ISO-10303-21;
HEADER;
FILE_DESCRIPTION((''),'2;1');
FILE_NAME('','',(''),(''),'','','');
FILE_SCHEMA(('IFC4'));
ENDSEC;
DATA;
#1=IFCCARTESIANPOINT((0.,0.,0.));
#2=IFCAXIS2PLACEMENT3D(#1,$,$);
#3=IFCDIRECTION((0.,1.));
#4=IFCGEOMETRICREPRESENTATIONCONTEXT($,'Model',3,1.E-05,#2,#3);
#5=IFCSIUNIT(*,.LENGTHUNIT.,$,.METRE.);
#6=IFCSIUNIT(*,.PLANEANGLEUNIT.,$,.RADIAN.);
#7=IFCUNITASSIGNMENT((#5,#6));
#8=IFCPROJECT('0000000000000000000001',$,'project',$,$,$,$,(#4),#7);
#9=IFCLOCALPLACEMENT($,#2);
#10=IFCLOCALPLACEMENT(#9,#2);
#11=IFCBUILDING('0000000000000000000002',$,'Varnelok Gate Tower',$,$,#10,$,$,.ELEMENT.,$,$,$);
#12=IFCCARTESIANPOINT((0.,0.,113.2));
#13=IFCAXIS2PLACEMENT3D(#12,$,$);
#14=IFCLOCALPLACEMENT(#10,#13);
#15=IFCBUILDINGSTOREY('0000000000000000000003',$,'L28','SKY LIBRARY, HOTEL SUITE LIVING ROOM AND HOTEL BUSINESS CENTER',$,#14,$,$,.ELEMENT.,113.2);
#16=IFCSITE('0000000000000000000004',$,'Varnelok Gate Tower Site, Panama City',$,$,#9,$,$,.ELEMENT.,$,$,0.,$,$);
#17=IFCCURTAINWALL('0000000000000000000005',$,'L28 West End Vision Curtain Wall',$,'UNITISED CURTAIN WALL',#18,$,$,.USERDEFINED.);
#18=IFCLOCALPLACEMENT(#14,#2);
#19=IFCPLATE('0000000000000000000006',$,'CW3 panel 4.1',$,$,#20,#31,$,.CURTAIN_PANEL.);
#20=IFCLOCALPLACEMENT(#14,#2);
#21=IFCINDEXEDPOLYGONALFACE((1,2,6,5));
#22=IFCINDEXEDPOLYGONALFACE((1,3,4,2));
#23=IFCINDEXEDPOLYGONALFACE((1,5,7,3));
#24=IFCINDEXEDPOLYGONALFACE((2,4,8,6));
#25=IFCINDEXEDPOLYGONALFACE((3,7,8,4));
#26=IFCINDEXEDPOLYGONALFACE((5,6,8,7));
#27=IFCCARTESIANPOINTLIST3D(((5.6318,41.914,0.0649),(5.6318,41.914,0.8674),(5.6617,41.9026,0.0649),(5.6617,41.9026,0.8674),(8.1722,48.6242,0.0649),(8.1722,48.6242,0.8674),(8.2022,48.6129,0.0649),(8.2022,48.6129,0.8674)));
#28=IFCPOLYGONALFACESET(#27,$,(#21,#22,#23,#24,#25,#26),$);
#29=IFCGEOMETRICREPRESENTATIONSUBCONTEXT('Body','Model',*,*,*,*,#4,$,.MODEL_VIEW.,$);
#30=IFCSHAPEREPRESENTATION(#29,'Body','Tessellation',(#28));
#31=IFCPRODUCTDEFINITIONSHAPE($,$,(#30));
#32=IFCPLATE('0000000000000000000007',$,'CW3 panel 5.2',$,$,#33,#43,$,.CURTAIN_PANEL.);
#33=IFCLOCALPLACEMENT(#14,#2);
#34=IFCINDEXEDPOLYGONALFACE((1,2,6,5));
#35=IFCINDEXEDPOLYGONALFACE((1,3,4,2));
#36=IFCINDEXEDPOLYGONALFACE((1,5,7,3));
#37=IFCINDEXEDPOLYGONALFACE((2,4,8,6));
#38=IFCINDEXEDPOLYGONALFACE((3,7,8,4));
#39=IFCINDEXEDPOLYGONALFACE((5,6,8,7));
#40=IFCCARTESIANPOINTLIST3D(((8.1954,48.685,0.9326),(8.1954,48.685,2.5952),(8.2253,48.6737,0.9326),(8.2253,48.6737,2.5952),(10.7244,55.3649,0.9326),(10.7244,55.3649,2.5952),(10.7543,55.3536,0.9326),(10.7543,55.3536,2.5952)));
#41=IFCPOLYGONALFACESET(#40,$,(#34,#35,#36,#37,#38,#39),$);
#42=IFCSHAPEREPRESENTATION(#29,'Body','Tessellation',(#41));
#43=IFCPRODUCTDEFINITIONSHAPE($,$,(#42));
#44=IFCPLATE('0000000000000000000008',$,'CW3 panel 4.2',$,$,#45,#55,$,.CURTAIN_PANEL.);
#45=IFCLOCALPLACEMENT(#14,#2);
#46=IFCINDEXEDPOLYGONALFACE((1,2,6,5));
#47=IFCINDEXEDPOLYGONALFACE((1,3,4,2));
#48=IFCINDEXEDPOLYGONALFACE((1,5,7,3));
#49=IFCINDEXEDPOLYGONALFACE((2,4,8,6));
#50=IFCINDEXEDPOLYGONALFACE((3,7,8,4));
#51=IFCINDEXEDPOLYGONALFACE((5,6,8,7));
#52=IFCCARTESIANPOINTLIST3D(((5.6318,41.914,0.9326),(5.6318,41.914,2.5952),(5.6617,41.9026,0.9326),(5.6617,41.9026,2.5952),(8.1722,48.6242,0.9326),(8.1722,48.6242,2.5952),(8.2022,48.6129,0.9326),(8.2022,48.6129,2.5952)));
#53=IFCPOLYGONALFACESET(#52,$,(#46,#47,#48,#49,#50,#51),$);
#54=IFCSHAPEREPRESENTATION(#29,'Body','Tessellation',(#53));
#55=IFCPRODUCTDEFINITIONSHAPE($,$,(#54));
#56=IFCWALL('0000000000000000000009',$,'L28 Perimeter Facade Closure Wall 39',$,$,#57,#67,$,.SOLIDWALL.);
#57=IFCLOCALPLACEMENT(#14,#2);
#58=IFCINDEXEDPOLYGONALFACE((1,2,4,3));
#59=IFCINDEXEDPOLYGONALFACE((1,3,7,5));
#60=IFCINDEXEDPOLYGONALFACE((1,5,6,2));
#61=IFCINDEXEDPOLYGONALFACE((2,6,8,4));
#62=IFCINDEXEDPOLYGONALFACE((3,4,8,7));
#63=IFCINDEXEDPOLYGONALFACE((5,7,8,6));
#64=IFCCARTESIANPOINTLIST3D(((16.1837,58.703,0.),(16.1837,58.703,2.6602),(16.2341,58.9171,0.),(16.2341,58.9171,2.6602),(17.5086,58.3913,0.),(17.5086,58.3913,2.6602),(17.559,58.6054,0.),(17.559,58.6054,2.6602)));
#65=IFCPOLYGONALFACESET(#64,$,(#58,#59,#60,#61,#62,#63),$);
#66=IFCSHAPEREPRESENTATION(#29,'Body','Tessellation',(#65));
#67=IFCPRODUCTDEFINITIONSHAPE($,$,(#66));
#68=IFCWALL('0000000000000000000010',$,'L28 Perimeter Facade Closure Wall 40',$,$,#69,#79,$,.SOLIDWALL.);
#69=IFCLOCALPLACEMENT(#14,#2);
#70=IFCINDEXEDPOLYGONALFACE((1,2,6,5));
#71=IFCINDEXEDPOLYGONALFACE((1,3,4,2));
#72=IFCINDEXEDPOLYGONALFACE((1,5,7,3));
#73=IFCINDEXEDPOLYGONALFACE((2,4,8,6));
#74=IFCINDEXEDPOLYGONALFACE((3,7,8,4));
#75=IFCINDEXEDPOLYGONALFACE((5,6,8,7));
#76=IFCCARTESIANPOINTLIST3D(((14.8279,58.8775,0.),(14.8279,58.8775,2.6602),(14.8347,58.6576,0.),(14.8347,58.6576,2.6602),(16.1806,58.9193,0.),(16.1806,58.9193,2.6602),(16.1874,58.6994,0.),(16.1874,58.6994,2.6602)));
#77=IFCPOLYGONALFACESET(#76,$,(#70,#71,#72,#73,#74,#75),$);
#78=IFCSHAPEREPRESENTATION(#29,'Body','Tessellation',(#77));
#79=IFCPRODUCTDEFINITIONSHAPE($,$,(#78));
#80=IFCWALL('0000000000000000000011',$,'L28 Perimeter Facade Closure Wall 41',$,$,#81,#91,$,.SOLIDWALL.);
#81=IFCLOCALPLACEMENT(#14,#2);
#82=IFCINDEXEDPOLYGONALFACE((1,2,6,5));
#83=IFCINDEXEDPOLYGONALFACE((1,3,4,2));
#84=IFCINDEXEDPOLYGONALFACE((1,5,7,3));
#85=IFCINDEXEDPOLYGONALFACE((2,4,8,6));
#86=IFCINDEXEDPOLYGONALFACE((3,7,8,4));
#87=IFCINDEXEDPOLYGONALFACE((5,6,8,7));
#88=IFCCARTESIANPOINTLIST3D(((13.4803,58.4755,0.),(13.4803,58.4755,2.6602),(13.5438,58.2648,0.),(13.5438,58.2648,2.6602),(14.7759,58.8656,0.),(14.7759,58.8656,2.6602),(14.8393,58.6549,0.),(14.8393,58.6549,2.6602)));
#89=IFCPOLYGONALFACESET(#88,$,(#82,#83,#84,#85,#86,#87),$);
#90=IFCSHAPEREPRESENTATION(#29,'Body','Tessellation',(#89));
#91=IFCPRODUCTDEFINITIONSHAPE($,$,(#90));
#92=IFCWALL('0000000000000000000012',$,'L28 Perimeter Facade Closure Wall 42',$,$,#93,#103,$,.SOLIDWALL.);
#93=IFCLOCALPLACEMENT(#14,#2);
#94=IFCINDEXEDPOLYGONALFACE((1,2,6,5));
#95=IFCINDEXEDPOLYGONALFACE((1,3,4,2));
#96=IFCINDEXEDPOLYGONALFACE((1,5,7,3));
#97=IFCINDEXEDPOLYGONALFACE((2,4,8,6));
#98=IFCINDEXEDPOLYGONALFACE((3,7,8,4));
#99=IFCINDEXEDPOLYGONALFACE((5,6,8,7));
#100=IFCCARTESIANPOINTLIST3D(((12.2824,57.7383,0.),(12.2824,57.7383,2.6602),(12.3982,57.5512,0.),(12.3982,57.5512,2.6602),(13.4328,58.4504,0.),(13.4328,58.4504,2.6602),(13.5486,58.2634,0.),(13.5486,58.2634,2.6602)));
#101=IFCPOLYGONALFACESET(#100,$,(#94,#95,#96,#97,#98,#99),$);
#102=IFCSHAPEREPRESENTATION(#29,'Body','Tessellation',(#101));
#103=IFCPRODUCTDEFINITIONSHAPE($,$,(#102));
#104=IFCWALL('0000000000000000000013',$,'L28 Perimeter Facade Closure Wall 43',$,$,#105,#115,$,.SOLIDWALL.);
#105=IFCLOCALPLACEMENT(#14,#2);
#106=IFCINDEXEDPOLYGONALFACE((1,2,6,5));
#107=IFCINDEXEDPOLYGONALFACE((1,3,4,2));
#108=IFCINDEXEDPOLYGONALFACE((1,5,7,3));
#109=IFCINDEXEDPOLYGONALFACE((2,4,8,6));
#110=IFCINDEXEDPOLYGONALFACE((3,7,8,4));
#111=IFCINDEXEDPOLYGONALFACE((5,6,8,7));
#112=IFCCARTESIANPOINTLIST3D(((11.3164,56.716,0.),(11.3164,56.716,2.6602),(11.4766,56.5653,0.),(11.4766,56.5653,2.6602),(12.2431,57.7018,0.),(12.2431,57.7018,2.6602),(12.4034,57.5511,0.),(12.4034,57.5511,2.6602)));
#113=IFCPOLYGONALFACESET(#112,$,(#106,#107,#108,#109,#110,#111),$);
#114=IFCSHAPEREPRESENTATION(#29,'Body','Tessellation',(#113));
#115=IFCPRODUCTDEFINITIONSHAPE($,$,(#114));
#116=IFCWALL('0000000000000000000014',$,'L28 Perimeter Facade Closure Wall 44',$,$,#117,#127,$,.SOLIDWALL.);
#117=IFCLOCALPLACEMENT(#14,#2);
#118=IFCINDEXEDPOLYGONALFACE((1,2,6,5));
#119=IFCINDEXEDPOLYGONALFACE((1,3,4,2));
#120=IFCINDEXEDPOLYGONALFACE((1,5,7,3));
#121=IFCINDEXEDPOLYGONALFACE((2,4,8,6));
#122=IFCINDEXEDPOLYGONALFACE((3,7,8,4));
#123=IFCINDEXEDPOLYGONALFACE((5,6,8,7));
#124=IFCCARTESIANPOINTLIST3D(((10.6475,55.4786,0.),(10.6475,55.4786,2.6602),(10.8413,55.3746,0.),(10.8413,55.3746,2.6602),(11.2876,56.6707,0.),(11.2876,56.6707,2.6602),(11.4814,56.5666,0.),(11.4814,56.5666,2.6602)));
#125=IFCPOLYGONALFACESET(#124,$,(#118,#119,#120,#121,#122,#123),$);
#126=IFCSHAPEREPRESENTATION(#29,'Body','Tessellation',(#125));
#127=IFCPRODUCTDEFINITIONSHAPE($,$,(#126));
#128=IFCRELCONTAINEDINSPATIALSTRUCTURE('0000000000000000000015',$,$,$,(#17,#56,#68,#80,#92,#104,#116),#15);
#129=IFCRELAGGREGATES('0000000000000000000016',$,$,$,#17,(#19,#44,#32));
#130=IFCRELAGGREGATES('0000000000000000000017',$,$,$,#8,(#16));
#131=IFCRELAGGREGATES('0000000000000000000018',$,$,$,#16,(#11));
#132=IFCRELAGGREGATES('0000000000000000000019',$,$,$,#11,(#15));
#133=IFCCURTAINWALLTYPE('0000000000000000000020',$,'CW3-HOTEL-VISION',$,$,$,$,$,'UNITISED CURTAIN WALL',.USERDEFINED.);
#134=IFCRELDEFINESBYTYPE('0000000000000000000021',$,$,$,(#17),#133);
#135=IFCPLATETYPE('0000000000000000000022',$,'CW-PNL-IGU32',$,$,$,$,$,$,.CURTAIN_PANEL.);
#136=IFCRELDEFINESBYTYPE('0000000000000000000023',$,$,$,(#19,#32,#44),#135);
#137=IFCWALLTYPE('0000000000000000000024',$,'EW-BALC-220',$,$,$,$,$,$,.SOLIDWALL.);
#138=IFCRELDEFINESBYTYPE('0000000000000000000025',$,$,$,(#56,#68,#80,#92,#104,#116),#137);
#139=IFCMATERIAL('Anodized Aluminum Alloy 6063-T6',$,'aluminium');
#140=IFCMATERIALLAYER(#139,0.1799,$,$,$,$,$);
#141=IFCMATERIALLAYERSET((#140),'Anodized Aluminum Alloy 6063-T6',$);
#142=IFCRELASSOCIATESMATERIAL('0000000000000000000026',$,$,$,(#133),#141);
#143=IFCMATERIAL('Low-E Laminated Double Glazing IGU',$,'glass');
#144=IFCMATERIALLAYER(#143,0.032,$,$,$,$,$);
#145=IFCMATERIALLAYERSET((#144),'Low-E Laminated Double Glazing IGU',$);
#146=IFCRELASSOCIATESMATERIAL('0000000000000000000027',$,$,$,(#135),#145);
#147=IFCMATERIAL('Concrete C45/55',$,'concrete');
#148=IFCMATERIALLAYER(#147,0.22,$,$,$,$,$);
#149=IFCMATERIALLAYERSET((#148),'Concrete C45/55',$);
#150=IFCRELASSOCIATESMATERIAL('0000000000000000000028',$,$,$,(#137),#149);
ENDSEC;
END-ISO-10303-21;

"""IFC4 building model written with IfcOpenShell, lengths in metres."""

from ifc_helpers import new_model, si_unit, direction, frame, frame_2d, origin, origin_2d, place, context, subcontext, project, spatial, rectangle, extrude, source, transform, mapped, material, layer, layer_set, type_object, element, aggregate, save


model = new_model("IFC4")

# Units and contexts
model_context = context("Model", 3, precision=1e-05, world=origin(), true_north=direction((0.0, 1.0)))
body_context = subcontext(model_context, "Body", "Model", "MODEL_VIEW")
ifc_project = project(units=[si_unit("LENGTHUNIT", "METRE"), si_unit("PLANEANGLEUNIT", "RADIAN")], contexts=[model_context])

# Site, building, storey
site_placement = place(None, origin())
site = spatial("IfcSite", under=ifc_project, at=site_placement, Name="Varnelok Gate Tower Site, Panama City", CompositionType="ELEMENT", RefElevation=0.0)
building_placement = place(site_placement, origin())
building = spatial("IfcBuilding", under=site, at=building_placement, Name="Varnelok Gate Tower", CompositionType="ELEMENT")
storey_placement = place(building_placement, frame((0.0, 0.0, 113.2)))
storey = spatial("IfcBuildingStorey", under=building, at=storey_placement, Name="L28", Description="SKY LIBRARY, HOTEL SUITE LIVING ROOM AND HOTEL BUSINESS CENTER", CompositionType="ELEMENT", Elevation=113.2)

# Curtain wall, plates
ifc_material_1 = material(Name="Anodized Aluminum Alloy 6063-T6", Category="aluminium")
ifc_layer_1 = layer(ifc_material_1, 0.1799)
ifc_layer_set_1 = layer_set([ifc_layer_1], Name="Anodized Aluminum Alloy 6063-T6")
curtain_wall_type = type_object("IfcCurtainWallType", Name="CW3-HOTEL-VISION", ElementType="UNITISED CURTAIN WALL", PredefinedType="USERDEFINED", material=ifc_layer_set_1)
curtain_wall_placement = place(storey_placement, origin())
curtain_wall = element("IfcCurtainWall", 1, at=curtain_wall_placement, inside=storey, type_object=curtain_wall_type, Name="L28 West End Vision Curtain Wall", ObjectType="UNITISED CURTAIN WALL", PredefinedType="USERDEFINED")
ifc_material_2 = material(Name="Low-E Laminated Double Glazing IGU", Category="glass")
ifc_layer_2 = layer(ifc_material_2, 0.032)
ifc_layer_set_2 = layer_set([ifc_layer_2], Name="Low-E Laminated Double Glazing IGU")
plate_type = type_object("IfcPlateType", Name="CW-PNL-IGU32", PredefinedType="CURTAIN_PANEL", material=ifc_layer_set_2)
shared_shape_1 = source(origin(), body_context, "Body", "SweptSolid", [
    extrude(rectangle(XDim=7.175, YDim=0.032, at=origin_2d()), origin(), (0.0, 0.0, 1.0), 0.8025),
])
plate_1_placement = place(storey_placement, frame((6.917, 45.2634, 0.0649), z_axis=(0.0, 0.0, 1.0), x_axis=(0.354064, 0.935221, 0.0)))
plate_1 = element("IfcPlate", 2, at=plate_1_placement, type_object=plate_type, Name="CW3 panel 4.1", PredefinedType="CURTAIN_PANEL", context=body_context, shape_type="MappedRepresentation", body=[
    mapped(shared_shape_1, transform((0.0, 0.0, 0.0), scale=1.0)),
])
shared_shape_2 = source(origin(), body_context, "Body", "SweptSolid", [
    extrude(rectangle(XDim=7.1426, YDim=0.032, at=origin_2d()), origin(), (0.0, 0.0, 1.0), 1.6626),
])
plate_2_placement = place(storey_placement, frame((9.4749, 52.0193, 0.9326), z_axis=(0.0, 0.0, 1.0), x_axis=(0.354064, 0.935221, 0.0)))
plate_2 = element("IfcPlate", 3, at=plate_2_placement, type_object=plate_type, Name="CW3 panel 5.2", PredefinedType="CURTAIN_PANEL", context=body_context, shape_type="MappedRepresentation", body=[
    mapped(shared_shape_2, transform((0.0, 0.0, 0.0), scale=1.0)),
])
shared_shape_3 = source(origin(), body_context, "Body", "SweptSolid", [
    extrude(rectangle(XDim=7.175, YDim=0.032, at=origin_2d()), origin(), (0.0, 0.0, 1.0), 1.6626),
])
plate_3_placement = place(storey_placement, frame((6.917, 45.2634, 0.9326), z_axis=(0.0, 0.0, 1.0), x_axis=(0.354064, 0.935221, 0.0)))
plate_3 = element("IfcPlate", 4, at=plate_3_placement, type_object=plate_type, Name="CW3 panel 4.2", PredefinedType="CURTAIN_PANEL", context=body_context, shape_type="MappedRepresentation", body=[
    mapped(shared_shape_3, transform((0.0, 0.0, 0.0), scale=1.0)),
])
aggregate(curtain_wall, [plate_1, plate_3, plate_2])

# Walls
ifc_material_3 = material(Name="Concrete C45/55", Category="concrete")
ifc_layer_3 = layer(ifc_material_3, 0.22)
ifc_layer_set_3 = layer_set([ifc_layer_3], Name="Concrete C45/55")
wall_type = type_object("IfcWallType", Name="EW-BALC-220", PredefinedType="SOLIDWALL", material=ifc_layer_set_3)
wall_1_placement = place(storey_placement, frame((17.5339, 58.4983, 0.0), z_axis=(0.0, 0.0, 1.0), x_axis=(-0.973415, 0.229049, 0.0)))
element("IfcWall", 5, at=wall_1_placement, inside=storey, type_object=wall_type, Name="L28 Perimeter Facade Closure Wall 39", PredefinedType="SOLIDWALL", context=body_context, shape_type="SweptSolid", body=[
    extrude(rectangle(XDim=1.3611, YDim=0.22, at=frame_2d((0.6807, 0.0))), origin(), (0.0, 0.0, 1.0), 2.6602),
])
wall_2_placement = place(storey_placement, frame((16.1841, 58.8093, 0.0), z_axis=(0.0, 0.0, 1.0), x_axis=(-0.999524, -0.030852, 0.0)))
element("IfcWall", 6, at=wall_2_placement, inside=storey, type_object=wall_type, Name="L28 Perimeter Facade Closure Wall 40", PredefinedType="SOLIDWALL", context=body_context, shape_type="SweptSolid", body=[
    extrude(rectangle(XDim=1.3533, YDim=0.22, at=frame_2d((0.6768, 0.0))), origin(), (0.0, 0.0, 1.0), 2.6602),
])
for number, where, z_axis, x_axis, name in (
    (7, (14.8076, 58.7603, 0.0), (0.0, 0.0, 1.0), (-0.957533, -0.288324, 0.0), "L28 Perimeter Facade Closure Wall 41"),
    (8, (13.4907, 58.3569, 0.0), (0.0, 0.0, 1.0), (-0.850261, -0.526361, 0.0), "L28 Perimeter Facade Closure Wall 42"),
    (9, (12.3232, 57.6265, 0.0), (0.0, 0.0, 1.0), (-0.684937, -0.728602, 0.0), "L28 Perimeter Facade Closure Wall 43"),
    (10, (11.3845, 56.6187, 0.0), (0.0, 0.0, 1.0), (-0.473077, -0.881021, 0.0), "L28 Perimeter Facade Closure Wall 44"),
):
    element("IfcWall", number, at=place(storey_placement, frame(where, z_axis=z_axis, x_axis=x_axis)), inside=storey, type_object=wall_type, Name=name, PredefinedType="SOLIDWALL", context=body_context, shape_type="SweptSolid", body=[
        extrude(rectangle(XDim=1.353, YDim=0.22, at=frame_2d((0.6765, 0.0))), origin(), (0.0, 0.0, 1.0), 2.6602),
    ])

save(model, "model.ifc")
